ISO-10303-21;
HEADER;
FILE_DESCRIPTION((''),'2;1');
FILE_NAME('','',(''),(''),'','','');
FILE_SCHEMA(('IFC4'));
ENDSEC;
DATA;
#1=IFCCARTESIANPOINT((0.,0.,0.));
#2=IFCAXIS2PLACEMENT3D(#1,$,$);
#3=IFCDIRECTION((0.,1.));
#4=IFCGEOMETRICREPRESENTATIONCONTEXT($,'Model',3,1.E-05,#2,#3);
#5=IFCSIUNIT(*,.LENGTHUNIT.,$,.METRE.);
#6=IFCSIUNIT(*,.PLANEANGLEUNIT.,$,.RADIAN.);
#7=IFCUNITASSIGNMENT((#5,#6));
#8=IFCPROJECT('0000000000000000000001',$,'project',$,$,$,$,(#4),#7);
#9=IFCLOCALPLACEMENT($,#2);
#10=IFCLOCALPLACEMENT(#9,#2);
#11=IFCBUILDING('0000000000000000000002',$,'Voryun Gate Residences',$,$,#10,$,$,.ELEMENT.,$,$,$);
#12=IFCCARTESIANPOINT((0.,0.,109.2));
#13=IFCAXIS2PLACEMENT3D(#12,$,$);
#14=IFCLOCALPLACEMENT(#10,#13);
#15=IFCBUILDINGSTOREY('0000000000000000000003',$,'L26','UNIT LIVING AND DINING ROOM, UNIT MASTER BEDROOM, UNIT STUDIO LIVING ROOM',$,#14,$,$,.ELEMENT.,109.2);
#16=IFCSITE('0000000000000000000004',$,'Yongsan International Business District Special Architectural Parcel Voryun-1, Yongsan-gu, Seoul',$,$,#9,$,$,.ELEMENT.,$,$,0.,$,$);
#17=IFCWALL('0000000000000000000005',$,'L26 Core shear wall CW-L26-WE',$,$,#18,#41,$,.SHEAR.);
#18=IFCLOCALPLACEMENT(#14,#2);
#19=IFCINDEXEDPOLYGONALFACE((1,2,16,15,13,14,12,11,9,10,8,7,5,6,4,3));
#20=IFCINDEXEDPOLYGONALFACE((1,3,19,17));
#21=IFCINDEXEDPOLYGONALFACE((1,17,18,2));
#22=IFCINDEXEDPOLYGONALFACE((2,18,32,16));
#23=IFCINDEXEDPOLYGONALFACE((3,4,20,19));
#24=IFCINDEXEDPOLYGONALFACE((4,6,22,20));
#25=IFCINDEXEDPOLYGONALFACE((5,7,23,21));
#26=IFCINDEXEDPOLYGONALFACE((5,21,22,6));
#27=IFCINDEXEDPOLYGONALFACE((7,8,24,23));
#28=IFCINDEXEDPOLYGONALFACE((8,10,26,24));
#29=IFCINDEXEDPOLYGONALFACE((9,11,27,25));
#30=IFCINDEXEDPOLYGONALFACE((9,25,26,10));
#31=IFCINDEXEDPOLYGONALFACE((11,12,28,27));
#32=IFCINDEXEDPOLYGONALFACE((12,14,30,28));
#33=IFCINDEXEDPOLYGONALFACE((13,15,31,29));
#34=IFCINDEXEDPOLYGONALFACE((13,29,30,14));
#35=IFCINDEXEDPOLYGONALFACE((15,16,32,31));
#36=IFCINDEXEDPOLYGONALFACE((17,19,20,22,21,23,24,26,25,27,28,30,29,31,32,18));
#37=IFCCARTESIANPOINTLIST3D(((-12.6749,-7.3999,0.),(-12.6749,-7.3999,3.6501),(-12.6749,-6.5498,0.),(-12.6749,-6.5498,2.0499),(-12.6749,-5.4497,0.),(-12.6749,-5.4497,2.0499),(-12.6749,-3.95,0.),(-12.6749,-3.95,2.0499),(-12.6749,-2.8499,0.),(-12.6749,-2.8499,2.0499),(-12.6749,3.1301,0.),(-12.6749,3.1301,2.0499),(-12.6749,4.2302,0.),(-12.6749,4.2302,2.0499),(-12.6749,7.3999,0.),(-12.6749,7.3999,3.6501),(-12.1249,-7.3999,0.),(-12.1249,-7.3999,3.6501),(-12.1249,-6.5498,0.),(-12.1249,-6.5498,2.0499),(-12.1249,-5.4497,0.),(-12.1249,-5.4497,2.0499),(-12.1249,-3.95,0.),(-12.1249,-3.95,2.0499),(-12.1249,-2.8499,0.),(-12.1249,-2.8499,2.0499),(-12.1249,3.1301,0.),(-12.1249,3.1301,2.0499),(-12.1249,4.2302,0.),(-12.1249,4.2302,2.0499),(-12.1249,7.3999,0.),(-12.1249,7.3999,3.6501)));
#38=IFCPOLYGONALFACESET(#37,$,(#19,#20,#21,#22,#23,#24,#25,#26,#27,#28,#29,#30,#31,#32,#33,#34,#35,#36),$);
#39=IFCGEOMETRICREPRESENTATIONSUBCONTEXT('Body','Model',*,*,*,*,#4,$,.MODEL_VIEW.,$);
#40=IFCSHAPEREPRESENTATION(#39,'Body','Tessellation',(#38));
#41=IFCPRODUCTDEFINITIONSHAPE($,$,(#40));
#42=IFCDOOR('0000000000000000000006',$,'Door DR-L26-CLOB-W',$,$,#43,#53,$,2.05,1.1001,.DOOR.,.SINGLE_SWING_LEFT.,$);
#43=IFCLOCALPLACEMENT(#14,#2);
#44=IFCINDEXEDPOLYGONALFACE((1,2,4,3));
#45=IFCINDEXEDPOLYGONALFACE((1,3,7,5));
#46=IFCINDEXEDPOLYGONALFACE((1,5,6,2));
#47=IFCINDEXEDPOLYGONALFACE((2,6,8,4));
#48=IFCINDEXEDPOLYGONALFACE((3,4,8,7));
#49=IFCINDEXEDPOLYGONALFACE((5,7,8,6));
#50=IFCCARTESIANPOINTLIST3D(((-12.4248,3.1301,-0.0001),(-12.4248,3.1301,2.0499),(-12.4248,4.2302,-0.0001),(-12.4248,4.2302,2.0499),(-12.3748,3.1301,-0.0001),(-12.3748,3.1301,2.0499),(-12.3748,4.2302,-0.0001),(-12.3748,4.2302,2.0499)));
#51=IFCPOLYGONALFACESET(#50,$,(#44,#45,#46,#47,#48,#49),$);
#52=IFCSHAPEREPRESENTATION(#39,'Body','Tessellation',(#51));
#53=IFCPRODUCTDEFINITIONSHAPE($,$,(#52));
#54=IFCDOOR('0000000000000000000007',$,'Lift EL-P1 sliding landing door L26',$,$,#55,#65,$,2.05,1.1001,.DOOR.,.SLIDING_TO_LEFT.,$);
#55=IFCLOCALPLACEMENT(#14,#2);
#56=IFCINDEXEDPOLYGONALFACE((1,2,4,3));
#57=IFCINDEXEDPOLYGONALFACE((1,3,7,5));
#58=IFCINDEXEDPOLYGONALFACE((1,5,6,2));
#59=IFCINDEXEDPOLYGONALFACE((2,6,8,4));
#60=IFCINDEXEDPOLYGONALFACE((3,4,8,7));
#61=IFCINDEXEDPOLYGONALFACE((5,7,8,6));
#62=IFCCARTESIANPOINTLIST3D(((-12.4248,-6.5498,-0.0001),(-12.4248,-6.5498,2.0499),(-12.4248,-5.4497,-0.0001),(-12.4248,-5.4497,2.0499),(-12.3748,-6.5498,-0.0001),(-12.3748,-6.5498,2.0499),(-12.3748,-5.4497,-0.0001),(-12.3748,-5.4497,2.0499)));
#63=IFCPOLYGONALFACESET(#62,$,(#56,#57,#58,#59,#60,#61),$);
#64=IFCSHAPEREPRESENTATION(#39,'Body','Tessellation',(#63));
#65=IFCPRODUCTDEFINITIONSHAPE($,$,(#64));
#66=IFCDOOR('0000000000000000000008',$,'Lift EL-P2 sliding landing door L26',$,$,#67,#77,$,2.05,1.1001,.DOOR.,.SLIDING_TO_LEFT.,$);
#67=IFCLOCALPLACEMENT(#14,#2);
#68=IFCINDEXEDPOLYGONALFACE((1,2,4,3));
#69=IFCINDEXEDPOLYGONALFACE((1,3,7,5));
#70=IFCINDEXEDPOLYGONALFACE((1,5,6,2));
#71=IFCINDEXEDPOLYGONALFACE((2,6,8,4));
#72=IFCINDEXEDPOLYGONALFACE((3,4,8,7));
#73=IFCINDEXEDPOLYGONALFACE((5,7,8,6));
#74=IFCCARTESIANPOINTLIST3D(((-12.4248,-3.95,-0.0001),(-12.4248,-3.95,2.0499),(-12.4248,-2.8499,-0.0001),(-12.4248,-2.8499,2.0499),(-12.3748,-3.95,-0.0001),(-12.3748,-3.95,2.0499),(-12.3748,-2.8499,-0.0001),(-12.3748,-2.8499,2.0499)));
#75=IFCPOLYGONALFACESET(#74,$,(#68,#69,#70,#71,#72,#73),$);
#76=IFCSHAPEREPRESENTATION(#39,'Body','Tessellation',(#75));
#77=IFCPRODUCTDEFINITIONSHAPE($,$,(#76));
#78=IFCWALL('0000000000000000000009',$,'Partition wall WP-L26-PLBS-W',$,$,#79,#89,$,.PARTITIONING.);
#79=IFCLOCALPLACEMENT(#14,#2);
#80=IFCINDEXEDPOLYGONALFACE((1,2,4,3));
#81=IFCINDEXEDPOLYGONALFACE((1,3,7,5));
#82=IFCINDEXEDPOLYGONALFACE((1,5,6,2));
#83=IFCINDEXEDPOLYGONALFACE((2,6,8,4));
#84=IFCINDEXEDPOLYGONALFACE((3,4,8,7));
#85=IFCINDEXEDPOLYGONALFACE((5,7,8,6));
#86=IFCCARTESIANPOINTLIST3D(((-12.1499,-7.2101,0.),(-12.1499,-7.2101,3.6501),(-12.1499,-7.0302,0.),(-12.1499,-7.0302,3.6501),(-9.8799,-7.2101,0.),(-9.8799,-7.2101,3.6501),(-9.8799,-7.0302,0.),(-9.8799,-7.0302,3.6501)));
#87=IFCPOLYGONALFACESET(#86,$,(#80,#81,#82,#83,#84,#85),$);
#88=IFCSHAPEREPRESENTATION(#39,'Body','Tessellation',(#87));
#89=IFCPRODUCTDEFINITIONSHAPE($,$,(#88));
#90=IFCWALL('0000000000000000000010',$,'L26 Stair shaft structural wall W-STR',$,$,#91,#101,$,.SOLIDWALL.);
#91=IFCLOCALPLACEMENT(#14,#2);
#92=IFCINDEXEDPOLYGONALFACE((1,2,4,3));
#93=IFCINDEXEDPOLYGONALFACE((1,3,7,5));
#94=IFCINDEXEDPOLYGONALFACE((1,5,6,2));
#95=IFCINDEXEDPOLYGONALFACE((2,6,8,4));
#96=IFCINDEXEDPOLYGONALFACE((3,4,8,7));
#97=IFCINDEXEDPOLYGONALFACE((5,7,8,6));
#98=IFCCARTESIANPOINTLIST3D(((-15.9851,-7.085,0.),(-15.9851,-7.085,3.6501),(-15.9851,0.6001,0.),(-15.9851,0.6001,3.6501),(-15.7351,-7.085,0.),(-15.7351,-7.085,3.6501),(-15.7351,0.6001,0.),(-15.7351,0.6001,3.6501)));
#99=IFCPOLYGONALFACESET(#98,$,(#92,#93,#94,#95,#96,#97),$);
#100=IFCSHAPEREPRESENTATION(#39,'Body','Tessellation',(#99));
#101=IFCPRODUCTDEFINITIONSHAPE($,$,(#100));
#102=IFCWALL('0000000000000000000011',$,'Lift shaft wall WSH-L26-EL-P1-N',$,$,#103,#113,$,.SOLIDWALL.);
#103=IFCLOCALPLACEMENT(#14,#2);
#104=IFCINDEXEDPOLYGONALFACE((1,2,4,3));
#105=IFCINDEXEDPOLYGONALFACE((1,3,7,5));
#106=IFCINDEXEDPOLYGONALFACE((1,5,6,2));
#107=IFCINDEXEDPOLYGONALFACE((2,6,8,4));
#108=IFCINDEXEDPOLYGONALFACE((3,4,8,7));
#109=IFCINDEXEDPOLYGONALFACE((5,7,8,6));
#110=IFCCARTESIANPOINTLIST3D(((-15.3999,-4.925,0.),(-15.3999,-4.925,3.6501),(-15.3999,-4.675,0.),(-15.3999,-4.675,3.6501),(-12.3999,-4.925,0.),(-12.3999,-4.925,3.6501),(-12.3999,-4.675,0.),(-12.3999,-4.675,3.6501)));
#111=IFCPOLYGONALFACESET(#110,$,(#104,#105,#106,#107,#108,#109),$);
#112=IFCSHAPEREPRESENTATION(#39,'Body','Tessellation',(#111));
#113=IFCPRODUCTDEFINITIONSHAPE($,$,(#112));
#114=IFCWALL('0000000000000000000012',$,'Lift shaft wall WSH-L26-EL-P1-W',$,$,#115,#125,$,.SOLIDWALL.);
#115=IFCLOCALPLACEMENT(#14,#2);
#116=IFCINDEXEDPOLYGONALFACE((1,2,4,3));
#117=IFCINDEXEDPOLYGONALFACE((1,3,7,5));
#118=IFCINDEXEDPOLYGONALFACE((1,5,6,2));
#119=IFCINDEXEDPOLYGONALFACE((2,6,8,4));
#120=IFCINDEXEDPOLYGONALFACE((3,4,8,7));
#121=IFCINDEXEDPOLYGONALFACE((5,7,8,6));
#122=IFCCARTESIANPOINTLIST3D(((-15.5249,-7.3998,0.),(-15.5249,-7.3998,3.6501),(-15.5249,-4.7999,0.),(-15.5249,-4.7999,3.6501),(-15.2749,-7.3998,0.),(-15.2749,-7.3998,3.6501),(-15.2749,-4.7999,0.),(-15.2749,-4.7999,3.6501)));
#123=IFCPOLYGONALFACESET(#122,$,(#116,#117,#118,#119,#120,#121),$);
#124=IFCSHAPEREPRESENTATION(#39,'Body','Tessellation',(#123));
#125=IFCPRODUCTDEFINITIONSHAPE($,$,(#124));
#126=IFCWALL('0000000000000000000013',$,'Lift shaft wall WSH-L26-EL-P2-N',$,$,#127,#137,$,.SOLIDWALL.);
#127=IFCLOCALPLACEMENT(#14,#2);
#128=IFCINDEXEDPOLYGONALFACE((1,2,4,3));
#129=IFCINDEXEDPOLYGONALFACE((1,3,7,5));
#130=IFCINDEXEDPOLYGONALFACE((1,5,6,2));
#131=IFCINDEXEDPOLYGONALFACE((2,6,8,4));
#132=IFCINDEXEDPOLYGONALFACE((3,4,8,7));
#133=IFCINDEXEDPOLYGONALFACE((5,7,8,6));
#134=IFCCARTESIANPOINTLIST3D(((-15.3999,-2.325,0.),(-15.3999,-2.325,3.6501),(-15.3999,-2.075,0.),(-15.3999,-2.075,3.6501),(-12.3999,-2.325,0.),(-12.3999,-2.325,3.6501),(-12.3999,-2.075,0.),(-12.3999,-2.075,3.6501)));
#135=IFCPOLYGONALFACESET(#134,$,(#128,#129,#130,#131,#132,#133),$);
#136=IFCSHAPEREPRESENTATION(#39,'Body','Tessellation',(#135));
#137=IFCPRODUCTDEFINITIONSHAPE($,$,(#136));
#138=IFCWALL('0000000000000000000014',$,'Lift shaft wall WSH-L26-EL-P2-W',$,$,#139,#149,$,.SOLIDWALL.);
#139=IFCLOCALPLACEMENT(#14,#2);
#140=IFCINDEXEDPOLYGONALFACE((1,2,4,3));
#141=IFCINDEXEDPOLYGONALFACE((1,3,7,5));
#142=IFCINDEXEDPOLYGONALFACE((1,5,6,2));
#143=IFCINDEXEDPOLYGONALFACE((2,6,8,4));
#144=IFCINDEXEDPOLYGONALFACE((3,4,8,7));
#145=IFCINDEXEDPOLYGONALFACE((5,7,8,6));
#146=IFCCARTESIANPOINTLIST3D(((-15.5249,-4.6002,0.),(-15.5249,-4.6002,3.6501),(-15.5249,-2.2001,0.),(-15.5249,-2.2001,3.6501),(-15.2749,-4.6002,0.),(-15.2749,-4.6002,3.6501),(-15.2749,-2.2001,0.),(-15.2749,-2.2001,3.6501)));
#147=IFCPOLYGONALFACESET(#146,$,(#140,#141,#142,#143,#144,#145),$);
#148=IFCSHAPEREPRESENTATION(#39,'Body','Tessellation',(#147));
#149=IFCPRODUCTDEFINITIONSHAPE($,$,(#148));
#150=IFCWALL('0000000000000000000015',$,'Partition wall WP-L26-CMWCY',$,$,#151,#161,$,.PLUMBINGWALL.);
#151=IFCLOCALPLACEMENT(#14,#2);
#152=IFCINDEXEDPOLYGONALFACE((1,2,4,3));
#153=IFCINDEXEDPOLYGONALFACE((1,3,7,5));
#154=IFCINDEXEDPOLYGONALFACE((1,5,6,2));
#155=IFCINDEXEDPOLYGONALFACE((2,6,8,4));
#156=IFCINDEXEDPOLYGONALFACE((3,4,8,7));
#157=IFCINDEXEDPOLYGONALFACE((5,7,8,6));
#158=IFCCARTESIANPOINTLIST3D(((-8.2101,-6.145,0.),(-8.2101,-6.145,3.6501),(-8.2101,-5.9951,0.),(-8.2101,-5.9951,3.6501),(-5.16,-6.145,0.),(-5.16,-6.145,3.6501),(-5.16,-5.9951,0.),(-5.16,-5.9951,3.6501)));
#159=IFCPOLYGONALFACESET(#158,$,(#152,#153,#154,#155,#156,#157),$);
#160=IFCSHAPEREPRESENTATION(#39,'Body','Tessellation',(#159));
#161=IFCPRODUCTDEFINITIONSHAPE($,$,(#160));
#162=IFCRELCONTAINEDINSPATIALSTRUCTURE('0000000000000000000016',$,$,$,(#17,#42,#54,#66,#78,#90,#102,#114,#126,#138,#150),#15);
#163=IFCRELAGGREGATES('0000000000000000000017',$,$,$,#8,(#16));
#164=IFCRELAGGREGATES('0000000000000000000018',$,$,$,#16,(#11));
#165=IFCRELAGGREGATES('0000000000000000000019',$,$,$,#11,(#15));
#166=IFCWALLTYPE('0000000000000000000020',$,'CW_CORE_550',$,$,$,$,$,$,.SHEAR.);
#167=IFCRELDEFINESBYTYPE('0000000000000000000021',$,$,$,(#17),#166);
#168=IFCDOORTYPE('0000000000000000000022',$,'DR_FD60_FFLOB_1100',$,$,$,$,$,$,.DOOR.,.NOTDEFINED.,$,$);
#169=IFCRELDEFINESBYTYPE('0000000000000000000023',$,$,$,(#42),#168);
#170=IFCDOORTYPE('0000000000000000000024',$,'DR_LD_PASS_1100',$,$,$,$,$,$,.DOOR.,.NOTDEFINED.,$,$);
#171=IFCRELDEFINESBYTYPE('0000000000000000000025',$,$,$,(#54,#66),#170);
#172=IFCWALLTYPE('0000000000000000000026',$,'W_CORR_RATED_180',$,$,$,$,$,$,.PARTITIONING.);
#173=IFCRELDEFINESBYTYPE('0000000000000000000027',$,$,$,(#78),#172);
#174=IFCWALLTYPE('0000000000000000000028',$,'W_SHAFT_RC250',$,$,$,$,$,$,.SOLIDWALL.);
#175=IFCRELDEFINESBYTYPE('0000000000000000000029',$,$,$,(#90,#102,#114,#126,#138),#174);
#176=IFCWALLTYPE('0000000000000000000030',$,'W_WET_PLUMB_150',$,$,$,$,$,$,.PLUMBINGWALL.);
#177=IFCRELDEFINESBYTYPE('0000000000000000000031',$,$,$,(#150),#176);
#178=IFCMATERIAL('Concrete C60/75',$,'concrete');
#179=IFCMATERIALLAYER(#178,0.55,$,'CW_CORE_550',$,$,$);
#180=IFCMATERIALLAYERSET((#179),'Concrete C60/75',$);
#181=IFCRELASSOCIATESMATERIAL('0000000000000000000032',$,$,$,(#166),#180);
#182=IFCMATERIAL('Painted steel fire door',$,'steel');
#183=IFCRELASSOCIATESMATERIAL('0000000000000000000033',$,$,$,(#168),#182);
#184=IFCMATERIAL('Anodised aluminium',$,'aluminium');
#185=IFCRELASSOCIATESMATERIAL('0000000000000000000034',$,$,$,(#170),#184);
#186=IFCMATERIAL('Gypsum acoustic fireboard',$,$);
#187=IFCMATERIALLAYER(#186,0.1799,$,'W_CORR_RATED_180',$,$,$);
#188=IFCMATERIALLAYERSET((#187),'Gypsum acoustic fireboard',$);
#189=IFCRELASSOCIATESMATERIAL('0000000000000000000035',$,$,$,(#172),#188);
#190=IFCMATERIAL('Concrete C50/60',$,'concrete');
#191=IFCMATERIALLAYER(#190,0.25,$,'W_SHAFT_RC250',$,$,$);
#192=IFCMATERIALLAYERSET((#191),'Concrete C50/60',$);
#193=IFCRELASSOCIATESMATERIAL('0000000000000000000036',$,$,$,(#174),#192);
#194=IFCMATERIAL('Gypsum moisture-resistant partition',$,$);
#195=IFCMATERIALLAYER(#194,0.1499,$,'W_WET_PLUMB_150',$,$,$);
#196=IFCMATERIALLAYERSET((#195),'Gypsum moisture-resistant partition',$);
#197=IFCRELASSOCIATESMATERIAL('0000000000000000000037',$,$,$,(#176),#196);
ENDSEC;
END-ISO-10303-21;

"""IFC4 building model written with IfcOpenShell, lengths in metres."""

from ifc_helpers import new_model, si_unit, direction, frame, frame_2d, origin, place, context, subcontext, project, spatial, rectangle, extrude, material, layer, layer_set, type_object, element, fill, save


model = new_model("IFC4")

# Units and contexts
model_context = context("Model", 3, precision=1e-05, world=origin(), true_north=direction((0.0, 1.0)))
body_context = subcontext(model_context, "Body", "Model", "MODEL_VIEW")
ifc_project = project(units=[si_unit("LENGTHUNIT", "METRE"), si_unit("PLANEANGLEUNIT", "RADIAN")], contexts=[model_context])

# Site, building, storey
site_placement = place(None, origin())
site = spatial("IfcSite", under=ifc_project, at=site_placement, Name="Yongsan International Business District Special Architectural Parcel Voryun-1, Yongsan-gu, Seoul", CompositionType="ELEMENT", RefElevation=0.0)
building_placement = place(site_placement, origin())
building = spatial("IfcBuilding", under=site, at=building_placement, Name="Voryun Gate Residences", CompositionType="ELEMENT")
storey_placement = place(building_placement, frame((0.0, 0.0, 109.2)))
storey = spatial("IfcBuildingStorey", under=building, at=storey_placement, Name="L26", Description="UNIT LIVING AND DINING ROOM, UNIT MASTER BEDROOM, UNIT STUDIO LIVING ROOM", CompositionType="ELEMENT", Elevation=109.2)

# Wall, openings, doors
ifc_material_1 = material(Name="Concrete C60/75", Category="concrete")
ifc_layer_1 = layer(ifc_material_1, 0.55, Name="CW_CORE_550")
ifc_layer_set_1 = layer_set([ifc_layer_1], Name="Concrete C60/75")
wall_type_1 = type_object("IfcWallType", Name="CW_CORE_550", PredefinedType="SHEAR", material=ifc_layer_set_1)
wall_1_placement = place(storey_placement, frame((-12.3999, -7.3999, 0.0), z_axis=(0.0, 0.0, 1.0), x_axis=(0.0, 1.0, 0.0)))
wall_1 = element("IfcWall", 1, at=wall_1_placement, inside=storey, type_object=wall_type_1, Name="L26 Core shear wall CW-L26-WE", PredefinedType="SHEAR", context=body_context, shape_type="SweptSolid", body=[
    extrude(rectangle(XDim=14.7998, YDim=0.55, at=frame_2d((7.3999, 0.0))), origin(), (0.0, 0.0, 1.0), 3.6501),
])
opening_1_placement = place(wall_1_placement, frame((0.8501, 0.0, 0.0)))
opening_1 = element("IfcOpeningElement", 2, at=opening_1_placement, cuts=wall_1, PredefinedType="OPENING", context=body_context, shape_type="SweptSolid", body=[
    extrude(rectangle(XDim=1.1001, YDim=2.05, at=frame_2d((0.55, 1.0249))), frame((0.0, 0.2849, 0.0), z_axis=(0.0, -1.0, 0.0), x_axis=(1.0, 0.0, 0.0)), (0.0, 0.0, 1.0), 0.5701),
])
opening_2_placement = place(wall_1_placement, frame((3.45, 0.0, 0.0)))
opening_2 = element("IfcOpeningElement", 3, at=opening_2_placement, cuts=wall_1, PredefinedType="OPENING", context=body_context, shape_type="SweptSolid", body=[
    extrude(rectangle(XDim=1.1001, YDim=2.05, at=frame_2d((0.55, 1.0249))), frame((0.0, 0.2849, 0.0), z_axis=(0.0, -1.0, 0.0), x_axis=(1.0, 0.0, 0.0)), (0.0, 0.0, 1.0), 0.5701),
])
opening_3_placement = place(wall_1_placement, frame((10.53, 0.0, 0.0)))
opening_3 = element("IfcOpeningElement", 4, at=opening_3_placement, cuts=wall_1, PredefinedType="OPENING", context=body_context, shape_type="SweptSolid", body=[
    extrude(rectangle(XDim=1.1001, YDim=2.05, at=frame_2d((0.55, 1.0249))), frame((0.0, 0.2849, 0.0), z_axis=(0.0, -1.0, 0.0), x_axis=(1.0, 0.0, 0.0)), (0.0, 0.0, 1.0), 0.5701),
])
ifc_material_2 = material(Name="Painted steel fire door", Category="steel")
door_type_1 = type_object("IfcDoorType", Name="DR_FD60_FFLOB_1100", OperationType="NOTDEFINED", PredefinedType="DOOR", material=ifc_material_2)
door_1_placement = place(opening_3_placement, origin())
door_1 = element("IfcDoor", 5, at=door_1_placement, inside=storey, type_object=door_type_1, Name="Door DR-L26-CLOB-W", OperationType="SINGLE_SWING_LEFT", OverallHeight=2.05, OverallWidth=1.1001, PredefinedType="DOOR", context=body_context, shape_type="SweptSolid", body=[
    extrude(rectangle(XDim=1.1001, YDim=2.05, at=frame_2d((0.55, 1.0249))), frame((0.0, 0.0249, 0.0), z_axis=(0.0, -1.0, 0.0), x_axis=(1.0, 0.0, 0.0)), (0.0, 0.0, 1.0), 0.05),
])
fill(opening_3, door_1)
ifc_material_3 = material(Name="Anodised aluminium", Category="aluminium")
door_type_2 = type_object("IfcDoorType", Name="DR_LD_PASS_1100", OperationType="NOTDEFINED", PredefinedType="DOOR", material=ifc_material_3)
door_2_placement = place(opening_1_placement, origin())
door_2 = element("IfcDoor", 6, at=door_2_placement, inside=storey, type_object=door_type_2, Name="Lift EL-P1 sliding landing door L26", OperationType="SLIDING_TO_LEFT", OverallHeight=2.05, OverallWidth=1.1001, PredefinedType="DOOR", context=body_context, shape_type="SweptSolid", body=[
    extrude(rectangle(XDim=1.1001, YDim=2.05, at=frame_2d((0.55, 1.0249))), frame((0.0, 0.0249, 0.0), z_axis=(0.0, -1.0, 0.0), x_axis=(1.0, 0.0, 0.0)), (0.0, 0.0, 1.0), 0.05),
])
fill(opening_1, door_2)
door_3_placement = place(opening_2_placement, origin())
door_3 = element("IfcDoor", 7, at=door_3_placement, inside=storey, type_object=door_type_2, Name="Lift EL-P2 sliding landing door L26", OperationType="SLIDING_TO_LEFT", OverallHeight=2.05, OverallWidth=1.1001, PredefinedType="DOOR", context=body_context, shape_type="SweptSolid", body=[
    extrude(rectangle(XDim=1.1001, YDim=2.05, at=frame_2d((0.55, 1.0249))), frame((0.0, 0.0249, 0.0), z_axis=(0.0, -1.0, 0.0), x_axis=(1.0, 0.0, 0.0)), (0.0, 0.0, 1.0), 0.05),
])
fill(opening_2, door_3)

# Walls
ifc_material_4 = material(Name="Gypsum acoustic fireboard")
ifc_layer_2 = layer(ifc_material_4, 0.1799, Name="W_CORR_RATED_180")
ifc_layer_set_2 = layer_set([ifc_layer_2], Name="Gypsum acoustic fireboard")
wall_type_2 = type_object("IfcWallType", Name="W_CORR_RATED_180", PredefinedType="PARTITIONING", material=ifc_layer_set_2)
wall_2_placement = place(storey_placement, frame((-12.1499, -7.1201, 0.0), z_axis=(0.0, 0.0, 1.0), x_axis=(1.0, 0.0, 0.0)))
element("IfcWall", 8, at=wall_2_placement, inside=storey, type_object=wall_type_2, Name="Partition wall WP-L26-PLBS-W", PredefinedType="PARTITIONING", context=body_context, shape_type="SweptSolid", body=[
    extrude(rectangle(XDim=2.27, YDim=0.1799, at=frame_2d((1.135, 0.0))), origin(), (0.0, 0.0, 1.0), 3.6501),
])
ifc_material_5 = material(Name="Concrete C50/60", Category="concrete")
ifc_layer_3 = layer(ifc_material_5, 0.25, Name="W_SHAFT_RC250")
ifc_layer_set_3 = layer_set([ifc_layer_3], Name="Concrete C50/60")
wall_type_3 = type_object("IfcWallType", Name="W_SHAFT_RC250", PredefinedType="SOLIDWALL", material=ifc_layer_set_3)
wall_3_placement = place(storey_placement, frame((-15.8601, -7.085, 0.0), z_axis=(0.0, 0.0, 1.0), x_axis=(0.0, 1.0, 0.0)))
element("IfcWall", 9, at=wall_3_placement, inside=storey, type_object=wall_type_3, Name="L26 Stair shaft structural wall W-STR", PredefinedType="SOLIDWALL", context=body_context, shape_type="SweptSolid", body=[
    extrude(rectangle(XDim=7.6851, YDim=0.25, at=frame_2d((3.8425, 0.0))), origin(), (0.0, 0.0, 1.0), 3.6501),
])
wall_4_placement = place(storey_placement, frame((-12.3999, -4.8, 0.0), z_axis=(0.0, 0.0, 1.0), x_axis=(-1.0, 0.0, 0.0)))
element("IfcWall", 10, at=wall_4_placement, inside=storey, type_object=wall_type_3, Name="Lift shaft wall WSH-L26-EL-P1-N", PredefinedType="SOLIDWALL", context=body_context, shape_type="SweptSolid", body=[
    extrude(rectangle(XDim=3.0, YDim=0.25, at=frame_2d((1.5, 0.0))), origin(), (0.0, 0.0, 1.0), 3.6501),
])
wall_5_placement = place(storey_placement, frame((-15.3999, -4.8, 0.0), z_axis=(0.0, 0.0, 1.0), x_axis=(0.0, -1.0, 0.0)))
element("IfcWall", 11, at=wall_5_placement, inside=storey, type_object=wall_type_3, Name="Lift shaft wall WSH-L26-EL-P1-W", PredefinedType="SOLIDWALL", context=body_context, shape_type="SweptSolid", body=[
    extrude(rectangle(XDim=2.5999, YDim=0.25, at=frame_2d((1.2998, 0.0))), origin(), (0.0, 0.0, 1.0), 3.6501),
])
wall_6_placement = place(storey_placement, frame((-12.3999, -2.2, 0.0), z_axis=(0.0, 0.0, 1.0), x_axis=(-1.0, 0.0, 0.0)))
element("IfcWall", 12, at=wall_6_placement, inside=storey, type_object=wall_type_3, Name="Lift shaft wall WSH-L26-EL-P2-N", PredefinedType="SOLIDWALL", context=body_context, shape_type="SweptSolid", body=[
    extrude(rectangle(XDim=3.0, YDim=0.25, at=frame_2d((1.5, 0.0))), origin(), (0.0, 0.0, 1.0), 3.6501),
])
wall_7_placement = place(storey_placement, frame((-15.3999, -2.2, 0.0), z_axis=(0.0, 0.0, 1.0), x_axis=(0.0, -1.0, 0.0)))
element("IfcWall", 13, at=wall_7_placement, inside=storey, type_object=wall_type_3, Name="Lift shaft wall WSH-L26-EL-P2-W", PredefinedType="SOLIDWALL", context=body_context, shape_type="SweptSolid", body=[
    extrude(rectangle(XDim=2.4001, YDim=0.25, at=frame_2d((1.2002, 0.0))), origin(), (0.0, 0.0, 1.0), 3.6501),
])
ifc_material_6 = material(Name="Gypsum moisture-resistant partition")
ifc_layer_4 = layer(ifc_material_6, 0.1499, Name="W_WET_PLUMB_150")
ifc_layer_set_4 = layer_set([ifc_layer_4], Name="Gypsum moisture-resistant partition")
wall_type_4 = type_object("IfcWallType", Name="W_WET_PLUMB_150", PredefinedType="PLUMBINGWALL", material=ifc_layer_set_4)
wall_8_placement = place(storey_placement, frame((-8.21, -6.0701, 0.0), z_axis=(0.0, 0.0, 1.0), x_axis=(1.0, 0.0, 0.0)))
element("IfcWall", 14, at=wall_8_placement, inside=storey, type_object=wall_type_4, Name="Partition wall WP-L26-CMWCY", PredefinedType="PLUMBINGWALL", context=body_context, shape_type="SweptSolid", body=[
    extrude(rectangle(XDim=3.05, YDim=0.1499, at=frame_2d((1.5249, 0.0))), origin(), (0.0, 0.0, 1.0), 3.6501),
])

save(model, "model.ifc")
